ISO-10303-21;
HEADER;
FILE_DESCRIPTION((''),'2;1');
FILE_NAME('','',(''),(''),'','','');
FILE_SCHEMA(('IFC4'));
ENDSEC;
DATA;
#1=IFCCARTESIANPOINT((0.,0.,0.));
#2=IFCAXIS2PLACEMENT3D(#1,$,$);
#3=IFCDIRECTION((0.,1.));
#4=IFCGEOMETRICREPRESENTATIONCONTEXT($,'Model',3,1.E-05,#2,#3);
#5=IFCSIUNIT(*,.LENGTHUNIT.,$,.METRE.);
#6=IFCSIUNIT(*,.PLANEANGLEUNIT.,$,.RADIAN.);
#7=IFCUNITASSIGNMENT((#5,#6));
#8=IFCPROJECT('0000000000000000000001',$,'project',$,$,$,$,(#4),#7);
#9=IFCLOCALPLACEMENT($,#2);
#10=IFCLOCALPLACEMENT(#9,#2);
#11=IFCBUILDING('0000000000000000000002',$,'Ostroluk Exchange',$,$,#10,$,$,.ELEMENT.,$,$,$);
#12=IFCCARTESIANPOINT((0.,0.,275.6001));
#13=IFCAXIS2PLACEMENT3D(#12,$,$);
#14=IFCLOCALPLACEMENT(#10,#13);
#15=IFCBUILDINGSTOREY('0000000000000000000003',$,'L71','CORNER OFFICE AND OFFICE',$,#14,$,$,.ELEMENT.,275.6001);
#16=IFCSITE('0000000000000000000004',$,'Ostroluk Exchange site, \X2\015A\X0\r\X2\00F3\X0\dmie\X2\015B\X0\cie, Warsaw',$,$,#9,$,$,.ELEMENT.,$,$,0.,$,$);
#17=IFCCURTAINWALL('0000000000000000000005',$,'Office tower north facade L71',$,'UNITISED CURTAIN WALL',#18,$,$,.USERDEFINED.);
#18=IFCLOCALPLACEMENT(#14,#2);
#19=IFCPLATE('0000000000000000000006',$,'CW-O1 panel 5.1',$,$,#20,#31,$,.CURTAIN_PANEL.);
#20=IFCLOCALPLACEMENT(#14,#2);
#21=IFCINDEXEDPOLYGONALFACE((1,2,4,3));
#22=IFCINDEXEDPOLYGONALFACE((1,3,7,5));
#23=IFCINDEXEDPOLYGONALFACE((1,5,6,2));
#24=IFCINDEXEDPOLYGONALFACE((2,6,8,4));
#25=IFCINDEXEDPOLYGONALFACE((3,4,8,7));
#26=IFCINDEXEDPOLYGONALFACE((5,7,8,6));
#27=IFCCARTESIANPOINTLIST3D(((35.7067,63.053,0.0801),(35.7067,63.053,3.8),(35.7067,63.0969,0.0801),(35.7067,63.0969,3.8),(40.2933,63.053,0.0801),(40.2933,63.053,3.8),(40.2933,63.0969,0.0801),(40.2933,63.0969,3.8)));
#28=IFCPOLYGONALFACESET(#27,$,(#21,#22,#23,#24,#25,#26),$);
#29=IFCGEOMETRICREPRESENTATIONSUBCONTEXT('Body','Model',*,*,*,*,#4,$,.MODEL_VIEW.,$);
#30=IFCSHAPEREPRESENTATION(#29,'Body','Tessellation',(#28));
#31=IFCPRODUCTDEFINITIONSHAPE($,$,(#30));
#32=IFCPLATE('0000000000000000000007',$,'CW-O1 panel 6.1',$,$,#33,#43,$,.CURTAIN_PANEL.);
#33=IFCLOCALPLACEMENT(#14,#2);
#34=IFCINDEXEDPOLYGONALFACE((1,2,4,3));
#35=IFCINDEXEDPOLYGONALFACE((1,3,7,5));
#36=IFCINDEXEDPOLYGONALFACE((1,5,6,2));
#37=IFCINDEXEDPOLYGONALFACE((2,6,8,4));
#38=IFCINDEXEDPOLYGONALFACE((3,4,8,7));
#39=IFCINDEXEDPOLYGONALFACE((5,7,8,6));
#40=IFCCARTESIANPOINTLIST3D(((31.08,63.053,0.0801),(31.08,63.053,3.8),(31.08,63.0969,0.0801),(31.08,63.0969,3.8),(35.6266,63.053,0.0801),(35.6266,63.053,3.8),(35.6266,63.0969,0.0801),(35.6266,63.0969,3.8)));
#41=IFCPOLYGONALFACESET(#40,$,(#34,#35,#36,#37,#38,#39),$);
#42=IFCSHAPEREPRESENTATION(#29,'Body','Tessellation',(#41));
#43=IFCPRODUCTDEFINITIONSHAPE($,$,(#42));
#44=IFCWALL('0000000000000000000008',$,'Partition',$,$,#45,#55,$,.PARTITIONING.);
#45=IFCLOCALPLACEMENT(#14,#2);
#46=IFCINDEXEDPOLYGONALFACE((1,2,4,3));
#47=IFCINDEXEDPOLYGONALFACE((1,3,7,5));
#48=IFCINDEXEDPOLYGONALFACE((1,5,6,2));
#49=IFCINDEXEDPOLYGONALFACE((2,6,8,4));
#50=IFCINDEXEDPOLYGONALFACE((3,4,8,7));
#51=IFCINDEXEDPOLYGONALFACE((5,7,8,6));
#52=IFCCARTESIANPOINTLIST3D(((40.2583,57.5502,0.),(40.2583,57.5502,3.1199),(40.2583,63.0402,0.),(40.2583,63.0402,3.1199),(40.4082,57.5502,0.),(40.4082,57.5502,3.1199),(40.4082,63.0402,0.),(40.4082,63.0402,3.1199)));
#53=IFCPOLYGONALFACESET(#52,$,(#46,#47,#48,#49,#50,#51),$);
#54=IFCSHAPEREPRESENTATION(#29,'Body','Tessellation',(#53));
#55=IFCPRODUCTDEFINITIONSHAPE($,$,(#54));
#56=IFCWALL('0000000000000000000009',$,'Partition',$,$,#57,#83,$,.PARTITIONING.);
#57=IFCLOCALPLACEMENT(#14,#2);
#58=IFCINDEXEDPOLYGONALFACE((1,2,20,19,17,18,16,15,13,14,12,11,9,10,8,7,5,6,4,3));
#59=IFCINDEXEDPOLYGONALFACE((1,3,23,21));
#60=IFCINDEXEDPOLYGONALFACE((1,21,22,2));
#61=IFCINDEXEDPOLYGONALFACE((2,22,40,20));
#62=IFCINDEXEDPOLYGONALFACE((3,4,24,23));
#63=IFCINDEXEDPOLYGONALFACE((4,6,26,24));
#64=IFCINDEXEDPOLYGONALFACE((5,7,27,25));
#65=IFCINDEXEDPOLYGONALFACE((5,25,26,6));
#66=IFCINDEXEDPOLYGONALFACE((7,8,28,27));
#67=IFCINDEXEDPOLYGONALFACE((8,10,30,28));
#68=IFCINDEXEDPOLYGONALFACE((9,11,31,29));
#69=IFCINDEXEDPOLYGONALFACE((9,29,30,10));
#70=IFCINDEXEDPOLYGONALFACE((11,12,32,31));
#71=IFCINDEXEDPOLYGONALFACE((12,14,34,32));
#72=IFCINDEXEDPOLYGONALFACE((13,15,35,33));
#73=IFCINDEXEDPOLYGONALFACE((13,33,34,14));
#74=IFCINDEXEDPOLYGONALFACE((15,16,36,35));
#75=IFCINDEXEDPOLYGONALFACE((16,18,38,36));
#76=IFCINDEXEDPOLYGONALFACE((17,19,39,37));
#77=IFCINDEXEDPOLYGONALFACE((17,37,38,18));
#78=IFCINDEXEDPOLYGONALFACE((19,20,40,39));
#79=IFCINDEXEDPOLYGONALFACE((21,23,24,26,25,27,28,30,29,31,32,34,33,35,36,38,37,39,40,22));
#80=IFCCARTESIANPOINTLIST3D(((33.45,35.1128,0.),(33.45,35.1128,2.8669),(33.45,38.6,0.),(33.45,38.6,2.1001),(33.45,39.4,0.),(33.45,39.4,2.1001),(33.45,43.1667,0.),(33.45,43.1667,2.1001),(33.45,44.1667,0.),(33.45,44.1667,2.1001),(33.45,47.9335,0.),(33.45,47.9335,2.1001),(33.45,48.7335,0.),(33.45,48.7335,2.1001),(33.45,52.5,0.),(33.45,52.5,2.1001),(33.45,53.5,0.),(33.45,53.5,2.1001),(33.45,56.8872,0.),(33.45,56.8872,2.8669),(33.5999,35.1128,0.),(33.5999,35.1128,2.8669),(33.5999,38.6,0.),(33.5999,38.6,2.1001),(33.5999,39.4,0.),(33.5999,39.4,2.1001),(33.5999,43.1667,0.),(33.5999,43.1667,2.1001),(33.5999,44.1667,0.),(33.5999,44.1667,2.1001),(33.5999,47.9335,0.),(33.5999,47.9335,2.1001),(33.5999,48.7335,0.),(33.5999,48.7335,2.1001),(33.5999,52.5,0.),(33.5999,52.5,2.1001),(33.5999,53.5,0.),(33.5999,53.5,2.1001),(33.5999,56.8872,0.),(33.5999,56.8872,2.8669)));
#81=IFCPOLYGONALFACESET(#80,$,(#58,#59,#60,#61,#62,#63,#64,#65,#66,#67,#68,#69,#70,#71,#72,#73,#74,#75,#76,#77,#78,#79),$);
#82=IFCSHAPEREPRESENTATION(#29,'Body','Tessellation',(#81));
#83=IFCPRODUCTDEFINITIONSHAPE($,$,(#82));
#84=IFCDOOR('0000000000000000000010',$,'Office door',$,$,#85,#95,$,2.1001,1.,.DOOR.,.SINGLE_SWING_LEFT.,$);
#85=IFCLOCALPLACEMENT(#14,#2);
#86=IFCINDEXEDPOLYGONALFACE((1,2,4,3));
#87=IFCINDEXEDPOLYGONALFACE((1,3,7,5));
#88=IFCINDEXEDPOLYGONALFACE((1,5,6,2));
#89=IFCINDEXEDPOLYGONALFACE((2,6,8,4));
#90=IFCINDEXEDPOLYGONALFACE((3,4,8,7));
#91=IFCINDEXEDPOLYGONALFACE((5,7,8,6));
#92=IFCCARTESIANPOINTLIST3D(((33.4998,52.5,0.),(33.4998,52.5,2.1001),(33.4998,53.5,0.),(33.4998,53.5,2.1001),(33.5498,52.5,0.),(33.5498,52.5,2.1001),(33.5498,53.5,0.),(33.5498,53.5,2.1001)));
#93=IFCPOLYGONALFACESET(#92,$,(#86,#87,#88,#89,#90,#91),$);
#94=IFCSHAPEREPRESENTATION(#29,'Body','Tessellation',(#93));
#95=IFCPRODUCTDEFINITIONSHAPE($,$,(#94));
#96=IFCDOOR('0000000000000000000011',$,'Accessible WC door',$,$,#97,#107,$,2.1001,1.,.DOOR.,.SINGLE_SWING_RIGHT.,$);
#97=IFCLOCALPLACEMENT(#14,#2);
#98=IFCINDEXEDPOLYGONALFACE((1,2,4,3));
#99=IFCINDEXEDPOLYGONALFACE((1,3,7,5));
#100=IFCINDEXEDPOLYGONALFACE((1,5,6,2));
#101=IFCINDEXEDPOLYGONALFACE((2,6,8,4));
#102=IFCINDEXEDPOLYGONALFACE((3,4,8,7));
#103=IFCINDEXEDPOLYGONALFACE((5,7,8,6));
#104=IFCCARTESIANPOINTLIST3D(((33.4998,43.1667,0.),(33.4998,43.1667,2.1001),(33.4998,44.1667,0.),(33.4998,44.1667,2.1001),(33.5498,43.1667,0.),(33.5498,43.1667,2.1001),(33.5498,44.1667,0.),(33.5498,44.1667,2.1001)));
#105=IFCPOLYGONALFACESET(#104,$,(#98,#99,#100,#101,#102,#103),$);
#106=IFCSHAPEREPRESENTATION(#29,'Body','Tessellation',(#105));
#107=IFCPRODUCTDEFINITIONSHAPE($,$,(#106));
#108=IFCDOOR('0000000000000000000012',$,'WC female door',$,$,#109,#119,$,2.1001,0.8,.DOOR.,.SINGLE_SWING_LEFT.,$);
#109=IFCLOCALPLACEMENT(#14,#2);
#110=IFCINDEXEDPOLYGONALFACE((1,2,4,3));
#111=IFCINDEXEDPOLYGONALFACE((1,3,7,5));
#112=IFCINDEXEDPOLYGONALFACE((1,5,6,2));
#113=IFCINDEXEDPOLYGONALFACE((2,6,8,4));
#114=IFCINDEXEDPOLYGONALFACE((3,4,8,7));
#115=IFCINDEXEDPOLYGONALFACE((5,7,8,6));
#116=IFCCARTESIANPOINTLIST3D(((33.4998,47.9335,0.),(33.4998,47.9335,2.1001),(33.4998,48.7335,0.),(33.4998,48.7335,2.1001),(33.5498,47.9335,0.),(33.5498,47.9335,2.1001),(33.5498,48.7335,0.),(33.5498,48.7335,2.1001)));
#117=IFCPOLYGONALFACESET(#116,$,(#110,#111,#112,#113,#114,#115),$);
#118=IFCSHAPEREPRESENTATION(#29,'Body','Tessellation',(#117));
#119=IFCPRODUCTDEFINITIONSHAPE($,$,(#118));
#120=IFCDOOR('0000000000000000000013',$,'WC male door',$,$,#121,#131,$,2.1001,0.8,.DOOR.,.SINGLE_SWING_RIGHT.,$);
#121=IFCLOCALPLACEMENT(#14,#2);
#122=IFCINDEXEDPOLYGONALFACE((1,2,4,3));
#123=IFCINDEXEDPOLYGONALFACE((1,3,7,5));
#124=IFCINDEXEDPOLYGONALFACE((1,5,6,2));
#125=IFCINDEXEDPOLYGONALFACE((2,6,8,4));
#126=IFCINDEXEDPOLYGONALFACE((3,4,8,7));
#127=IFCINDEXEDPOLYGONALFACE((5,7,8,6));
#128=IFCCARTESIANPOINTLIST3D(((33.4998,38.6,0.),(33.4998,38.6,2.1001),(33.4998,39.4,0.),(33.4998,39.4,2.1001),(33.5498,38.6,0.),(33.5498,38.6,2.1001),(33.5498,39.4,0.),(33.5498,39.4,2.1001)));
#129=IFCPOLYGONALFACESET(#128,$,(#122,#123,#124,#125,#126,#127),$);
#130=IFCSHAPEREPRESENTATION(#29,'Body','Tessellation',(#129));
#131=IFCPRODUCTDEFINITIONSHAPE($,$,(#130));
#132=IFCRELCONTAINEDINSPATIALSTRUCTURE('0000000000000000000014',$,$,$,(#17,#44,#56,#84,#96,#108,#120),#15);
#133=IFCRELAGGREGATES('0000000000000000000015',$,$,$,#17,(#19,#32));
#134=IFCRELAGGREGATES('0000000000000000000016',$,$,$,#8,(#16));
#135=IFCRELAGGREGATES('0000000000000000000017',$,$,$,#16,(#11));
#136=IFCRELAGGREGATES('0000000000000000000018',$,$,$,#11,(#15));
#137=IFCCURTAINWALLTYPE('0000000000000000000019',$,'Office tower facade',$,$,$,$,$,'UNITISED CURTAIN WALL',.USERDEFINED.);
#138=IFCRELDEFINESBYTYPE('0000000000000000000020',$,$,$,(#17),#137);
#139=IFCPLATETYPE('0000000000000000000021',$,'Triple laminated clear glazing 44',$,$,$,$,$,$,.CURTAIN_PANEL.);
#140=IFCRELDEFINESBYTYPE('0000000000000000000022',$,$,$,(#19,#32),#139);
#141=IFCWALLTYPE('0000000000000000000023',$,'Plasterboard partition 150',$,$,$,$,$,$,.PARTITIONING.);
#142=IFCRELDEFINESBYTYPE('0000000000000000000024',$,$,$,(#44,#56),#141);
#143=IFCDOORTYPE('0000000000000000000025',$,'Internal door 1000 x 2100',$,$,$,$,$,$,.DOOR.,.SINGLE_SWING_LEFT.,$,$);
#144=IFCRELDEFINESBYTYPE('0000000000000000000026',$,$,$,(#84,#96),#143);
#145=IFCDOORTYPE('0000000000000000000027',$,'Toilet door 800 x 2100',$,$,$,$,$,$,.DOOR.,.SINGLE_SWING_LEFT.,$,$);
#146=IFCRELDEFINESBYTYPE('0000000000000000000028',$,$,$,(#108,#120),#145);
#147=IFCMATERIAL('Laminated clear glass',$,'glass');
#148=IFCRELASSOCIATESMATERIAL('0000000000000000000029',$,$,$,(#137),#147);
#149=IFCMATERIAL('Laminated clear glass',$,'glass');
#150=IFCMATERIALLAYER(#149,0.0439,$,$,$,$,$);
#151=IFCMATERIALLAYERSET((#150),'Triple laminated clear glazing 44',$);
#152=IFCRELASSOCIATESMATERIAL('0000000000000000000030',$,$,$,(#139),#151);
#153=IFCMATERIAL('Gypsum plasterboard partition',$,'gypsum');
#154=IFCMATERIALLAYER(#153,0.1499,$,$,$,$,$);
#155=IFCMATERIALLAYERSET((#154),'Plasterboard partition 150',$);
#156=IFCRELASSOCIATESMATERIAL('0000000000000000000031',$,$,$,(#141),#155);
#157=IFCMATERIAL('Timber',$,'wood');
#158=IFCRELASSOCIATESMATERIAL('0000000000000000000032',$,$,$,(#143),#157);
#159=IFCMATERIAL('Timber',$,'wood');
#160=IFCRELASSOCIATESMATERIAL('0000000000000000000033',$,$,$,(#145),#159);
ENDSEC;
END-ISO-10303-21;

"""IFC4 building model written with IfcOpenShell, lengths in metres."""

from ifc_helpers import new_model, si_unit, direction, frame, frame_2d, origin, origin_2d, place, context, subcontext, project, spatial, rectangle, extrude, material, layer, layer_set, type_object, element, fill, aggregate, save


model = new_model("IFC4")

# Units and contexts
model_context = context("Model", 3, precision=1e-05, world=origin(), true_north=direction((0.0, 1.0)))
body_context = subcontext(model_context, "Body", "Model", "MODEL_VIEW")
ifc_project = project(units=[si_unit("LENGTHUNIT", "METRE"), si_unit("PLANEANGLEUNIT", "RADIAN")], contexts=[model_context])

# Site, building, storey
site_placement = place(None, origin())
site = spatial("IfcSite", under=ifc_project, at=site_placement, Name="Ostroluk Exchange site, Śródmieście, Warsaw", CompositionType="ELEMENT", RefElevation=0.0)
building_placement = place(site_placement, origin())
building = spatial("IfcBuilding", under=site, at=building_placement, Name="Ostroluk Exchange", CompositionType="ELEMENT")
storey_placement = place(building_placement, frame((0.0, 0.0, 275.6001)))
storey = spatial("IfcBuildingStorey", under=building, at=storey_placement, Name="L71", Description="CORNER OFFICE AND OFFICE", CompositionType="ELEMENT", Elevation=275.6001)

# Curtain wall, plates
ifc_material_1 = material(Name="Laminated clear glass", Category="glass")
curtain_wall_type = type_object("IfcCurtainWallType", Name="Office tower facade", ElementType="UNITISED CURTAIN WALL", PredefinedType="USERDEFINED", material=ifc_material_1)
curtain_wall_placement = place(storey_placement, origin())
curtain_wall = element("IfcCurtainWall", 1, at=curtain_wall_placement, inside=storey, type_object=curtain_wall_type, Name="Office tower north facade L71", ObjectType="UNITISED CURTAIN WALL", PredefinedType="USERDEFINED")
ifc_material_2 = material(Name="Laminated clear glass", Category="glass")
ifc_layer_1 = layer(ifc_material_2, 0.0439)
ifc_layer_set_1 = layer_set([ifc_layer_1], Name="Triple laminated clear glazing 44")
plate_type = type_object("IfcPlateType", Name="Triple laminated clear glazing 44", PredefinedType="CURTAIN_PANEL", material=ifc_layer_set_1)
plate_1_placement = place(storey_placement, frame((38.0, 63.075, 0.0801), z_axis=(0.0, 0.0, 1.0), x_axis=(-1.0, 0.0, 0.0)))
plate_1 = element("IfcPlate", 2, at=plate_1_placement, type_object=plate_type, Name="CW-O1 panel 5.1", PredefinedType="CURTAIN_PANEL", context=body_context, shape_type="SweptSolid", body=[
    extrude(rectangle(XDim=4.5867, YDim=0.0439, at=origin_2d()), origin(), (0.0, 0.0, 1.0), 3.72),
])
plate_2_placement = place(storey_placement, frame((33.3533, 63.075, 0.0801), z_axis=(0.0, 0.0, 1.0), x_axis=(-1.0, 0.0, 0.0)))
plate_2 = element("IfcPlate", 3, at=plate_2_placement, type_object=plate_type, Name="CW-O1 panel 6.1", PredefinedType="CURTAIN_PANEL", context=body_context, shape_type="SweptSolid", body=[
    extrude(rectangle(XDim=4.5466, YDim=0.0439, at=origin_2d()), origin(), (0.0, 0.0, 1.0), 3.72),
])
aggregate(curtain_wall, [plate_1, plate_2])

# Wall
ifc_material_3 = material(Name="Gypsum plasterboard partition", Category="gypsum")
ifc_layer_2 = layer(ifc_material_3, 0.1499)
ifc_layer_set_2 = layer_set([ifc_layer_2], Name="Plasterboard partition 150")
wall_type = type_object("IfcWallType", Name="Plasterboard partition 150", PredefinedType="PARTITIONING", material=ifc_layer_set_2)
wall_1_placement = place(storey_placement, frame((40.3333, 57.55, 0.0), z_axis=(0.0, 0.0, 1.0), x_axis=(0.0, 1.0, 0.0)))
element("IfcWall", 4, at=wall_1_placement, inside=storey, type_object=wall_type, Name="Partition", PredefinedType="PARTITIONING", context=body_context, shape_type="SweptSolid", body=[
    extrude(rectangle(XDim=5.49, YDim=0.1499, at=frame_2d((2.7451, 0.0))), origin(), (0.0, 0.0, 1.0), 3.1199),
])

# Wall, openings, doors
wall_2_placement = place(storey_placement, frame((33.5249, 56.8872, 0.0), z_axis=(0.0, 0.0, 1.0), x_axis=(0.0, -1.0, 0.0)))
wall_2 = element("IfcWall", 5, at=wall_2_placement, inside=storey, type_object=wall_type, Name="Partition", PredefinedType="PARTITIONING", context=body_context, shape_type="SweptSolid", body=[
    extrude(rectangle(XDim=21.7744, YDim=0.1499, at=frame_2d((10.8872, 0.0))), origin(), (0.0, 0.0, 1.0), 2.8669),
])
opening_1_placement = place(wall_2_placement, frame((3.3872, 0.0, 0.0)))
opening_1 = element("IfcOpeningElement", 6, at=opening_1_placement, cuts=wall_2, PredefinedType="OPENING", context=body_context, shape_type="SweptSolid", body=[
    extrude(rectangle(XDim=1.0, YDim=2.1001, at=frame_2d((0.5, 1.05))), frame((0.0, 0.085, 0.0), z_axis=(0.0, -1.0, 0.0), x_axis=(1.0, 0.0, 0.0)), (0.0, 0.0, 1.0), 0.1699),
])
opening_2_placement = place(wall_2_placement, frame((8.1538, 0.0, 0.0)))
opening_2 = element("IfcOpeningElement", 7, at=opening_2_placement, cuts=wall_2, PredefinedType="OPENING", context=body_context, shape_type="SweptSolid", body=[
    extrude(rectangle(XDim=0.8, YDim=2.1001, at=frame_2d((0.3999, 1.05))), frame((0.0, 0.085, 0.0), z_axis=(0.0, -1.0, 0.0), x_axis=(1.0, 0.0, 0.0)), (0.0, 0.0, 1.0), 0.1699),
])
opening_3_placement = place(wall_2_placement, frame((12.7205, 0.0, 0.0)))
opening_3 = element("IfcOpeningElement", 8, at=opening_3_placement, cuts=wall_2, PredefinedType="OPENING", context=body_context, shape_type="SweptSolid", body=[
    extrude(rectangle(XDim=1.0, YDim=2.1001, at=frame_2d((0.5, 1.05))), frame((0.0, 0.085, 0.0), z_axis=(0.0, -1.0, 0.0), x_axis=(1.0, 0.0, 0.0)), (0.0, 0.0, 1.0), 0.1699),
])
opening_4_placement = place(wall_2_placement, frame((17.4873, 0.0, 0.0)))
opening_4 = element("IfcOpeningElement", 9, at=opening_4_placement, cuts=wall_2, PredefinedType="OPENING", context=body_context, shape_type="SweptSolid", body=[
    extrude(rectangle(XDim=0.8, YDim=2.1001, at=frame_2d((0.3999, 1.05))), frame((0.0, 0.085, 0.0), z_axis=(0.0, -1.0, 0.0), x_axis=(1.0, 0.0, 0.0)), (0.0, 0.0, 1.0), 0.1699),
])
ifc_material_4 = material(Name="Timber", Category="wood")
door_type_1 = type_object("IfcDoorType", Name="Internal door 1000 x 2100", OperationType="SINGLE_SWING_LEFT", PredefinedType="DOOR", material=ifc_material_4)
door_1_placement = place(opening_1_placement, origin())
door_1 = element("IfcDoor", 10, at=door_1_placement, inside=storey, type_object=door_type_1, Name="Office door", OperationType="SINGLE_SWING_LEFT", OverallHeight=2.1001, OverallWidth=1.0, PredefinedType="DOOR", context=body_context, shape_type="SweptSolid", body=[
    extrude(rectangle(XDim=1.0, YDim=2.1001, at=frame_2d((0.5, 1.05))), frame((0.0, 0.0249, 0.0), z_axis=(0.0, -1.0, 0.0), x_axis=(1.0, 0.0, 0.0)), (0.0, 0.0, 1.0), 0.05),
])
fill(opening_1, door_1)
door_2_placement = place(opening_3_placement, origin())
door_2 = element("IfcDoor", 11, at=door_2_placement, inside=storey, type_object=door_type_1, Name="Accessible WC door", OperationType="SINGLE_SWING_RIGHT", OverallHeight=2.1001, OverallWidth=1.0, PredefinedType="DOOR", context=body_context, shape_type="SweptSolid", body=[
    extrude(rectangle(XDim=1.0, YDim=2.1001, at=frame_2d((0.5, 1.05))), frame((0.0, 0.0249, 0.0), z_axis=(0.0, -1.0, 0.0), x_axis=(1.0, 0.0, 0.0)), (0.0, 0.0, 1.0), 0.05),
])
fill(opening_3, door_2)
ifc_material_5 = material(Name="Timber", Category="wood")
door_type_2 = type_object("IfcDoorType", Name="Toilet door 800 x 2100", OperationType="SINGLE_SWING_LEFT", PredefinedType="DOOR", material=ifc_material_5)
door_3_placement = place(opening_2_placement, origin())
door_3 = element("IfcDoor", 12, at=door_3_placement, inside=storey, type_object=door_type_2, Name="WC female door", OperationType="SINGLE_SWING_LEFT", OverallHeight=2.1001, OverallWidth=0.8, PredefinedType="DOOR", context=body_context, shape_type="SweptSolid", body=[
    extrude(rectangle(XDim=0.8, YDim=2.1001, at=frame_2d((0.3999, 1.05))), frame((0.0, 0.0249, 0.0), z_axis=(0.0, -1.0, 0.0), x_axis=(1.0, 0.0, 0.0)), (0.0, 0.0, 1.0), 0.05),
])
fill(opening_2, door_3)
door_4_placement = place(opening_4_placement, origin())
door_4 = element("IfcDoor", 13, at=door_4_placement, inside=storey, type_object=door_type_2, Name="WC male door", OperationType="SINGLE_SWING_RIGHT", OverallHeight=2.1001, OverallWidth=0.8, PredefinedType="DOOR", context=body_context, shape_type="SweptSolid", body=[
    extrude(rectangle(XDim=0.8, YDim=2.1001, at=frame_2d((0.3999, 1.05))), frame((0.0, 0.0249, 0.0), z_axis=(0.0, -1.0, 0.0), x_axis=(1.0, 0.0, 0.0)), (0.0, 0.0, 1.0), 0.05),
])
fill(opening_4, door_4)

save(model, "model.ifc")
